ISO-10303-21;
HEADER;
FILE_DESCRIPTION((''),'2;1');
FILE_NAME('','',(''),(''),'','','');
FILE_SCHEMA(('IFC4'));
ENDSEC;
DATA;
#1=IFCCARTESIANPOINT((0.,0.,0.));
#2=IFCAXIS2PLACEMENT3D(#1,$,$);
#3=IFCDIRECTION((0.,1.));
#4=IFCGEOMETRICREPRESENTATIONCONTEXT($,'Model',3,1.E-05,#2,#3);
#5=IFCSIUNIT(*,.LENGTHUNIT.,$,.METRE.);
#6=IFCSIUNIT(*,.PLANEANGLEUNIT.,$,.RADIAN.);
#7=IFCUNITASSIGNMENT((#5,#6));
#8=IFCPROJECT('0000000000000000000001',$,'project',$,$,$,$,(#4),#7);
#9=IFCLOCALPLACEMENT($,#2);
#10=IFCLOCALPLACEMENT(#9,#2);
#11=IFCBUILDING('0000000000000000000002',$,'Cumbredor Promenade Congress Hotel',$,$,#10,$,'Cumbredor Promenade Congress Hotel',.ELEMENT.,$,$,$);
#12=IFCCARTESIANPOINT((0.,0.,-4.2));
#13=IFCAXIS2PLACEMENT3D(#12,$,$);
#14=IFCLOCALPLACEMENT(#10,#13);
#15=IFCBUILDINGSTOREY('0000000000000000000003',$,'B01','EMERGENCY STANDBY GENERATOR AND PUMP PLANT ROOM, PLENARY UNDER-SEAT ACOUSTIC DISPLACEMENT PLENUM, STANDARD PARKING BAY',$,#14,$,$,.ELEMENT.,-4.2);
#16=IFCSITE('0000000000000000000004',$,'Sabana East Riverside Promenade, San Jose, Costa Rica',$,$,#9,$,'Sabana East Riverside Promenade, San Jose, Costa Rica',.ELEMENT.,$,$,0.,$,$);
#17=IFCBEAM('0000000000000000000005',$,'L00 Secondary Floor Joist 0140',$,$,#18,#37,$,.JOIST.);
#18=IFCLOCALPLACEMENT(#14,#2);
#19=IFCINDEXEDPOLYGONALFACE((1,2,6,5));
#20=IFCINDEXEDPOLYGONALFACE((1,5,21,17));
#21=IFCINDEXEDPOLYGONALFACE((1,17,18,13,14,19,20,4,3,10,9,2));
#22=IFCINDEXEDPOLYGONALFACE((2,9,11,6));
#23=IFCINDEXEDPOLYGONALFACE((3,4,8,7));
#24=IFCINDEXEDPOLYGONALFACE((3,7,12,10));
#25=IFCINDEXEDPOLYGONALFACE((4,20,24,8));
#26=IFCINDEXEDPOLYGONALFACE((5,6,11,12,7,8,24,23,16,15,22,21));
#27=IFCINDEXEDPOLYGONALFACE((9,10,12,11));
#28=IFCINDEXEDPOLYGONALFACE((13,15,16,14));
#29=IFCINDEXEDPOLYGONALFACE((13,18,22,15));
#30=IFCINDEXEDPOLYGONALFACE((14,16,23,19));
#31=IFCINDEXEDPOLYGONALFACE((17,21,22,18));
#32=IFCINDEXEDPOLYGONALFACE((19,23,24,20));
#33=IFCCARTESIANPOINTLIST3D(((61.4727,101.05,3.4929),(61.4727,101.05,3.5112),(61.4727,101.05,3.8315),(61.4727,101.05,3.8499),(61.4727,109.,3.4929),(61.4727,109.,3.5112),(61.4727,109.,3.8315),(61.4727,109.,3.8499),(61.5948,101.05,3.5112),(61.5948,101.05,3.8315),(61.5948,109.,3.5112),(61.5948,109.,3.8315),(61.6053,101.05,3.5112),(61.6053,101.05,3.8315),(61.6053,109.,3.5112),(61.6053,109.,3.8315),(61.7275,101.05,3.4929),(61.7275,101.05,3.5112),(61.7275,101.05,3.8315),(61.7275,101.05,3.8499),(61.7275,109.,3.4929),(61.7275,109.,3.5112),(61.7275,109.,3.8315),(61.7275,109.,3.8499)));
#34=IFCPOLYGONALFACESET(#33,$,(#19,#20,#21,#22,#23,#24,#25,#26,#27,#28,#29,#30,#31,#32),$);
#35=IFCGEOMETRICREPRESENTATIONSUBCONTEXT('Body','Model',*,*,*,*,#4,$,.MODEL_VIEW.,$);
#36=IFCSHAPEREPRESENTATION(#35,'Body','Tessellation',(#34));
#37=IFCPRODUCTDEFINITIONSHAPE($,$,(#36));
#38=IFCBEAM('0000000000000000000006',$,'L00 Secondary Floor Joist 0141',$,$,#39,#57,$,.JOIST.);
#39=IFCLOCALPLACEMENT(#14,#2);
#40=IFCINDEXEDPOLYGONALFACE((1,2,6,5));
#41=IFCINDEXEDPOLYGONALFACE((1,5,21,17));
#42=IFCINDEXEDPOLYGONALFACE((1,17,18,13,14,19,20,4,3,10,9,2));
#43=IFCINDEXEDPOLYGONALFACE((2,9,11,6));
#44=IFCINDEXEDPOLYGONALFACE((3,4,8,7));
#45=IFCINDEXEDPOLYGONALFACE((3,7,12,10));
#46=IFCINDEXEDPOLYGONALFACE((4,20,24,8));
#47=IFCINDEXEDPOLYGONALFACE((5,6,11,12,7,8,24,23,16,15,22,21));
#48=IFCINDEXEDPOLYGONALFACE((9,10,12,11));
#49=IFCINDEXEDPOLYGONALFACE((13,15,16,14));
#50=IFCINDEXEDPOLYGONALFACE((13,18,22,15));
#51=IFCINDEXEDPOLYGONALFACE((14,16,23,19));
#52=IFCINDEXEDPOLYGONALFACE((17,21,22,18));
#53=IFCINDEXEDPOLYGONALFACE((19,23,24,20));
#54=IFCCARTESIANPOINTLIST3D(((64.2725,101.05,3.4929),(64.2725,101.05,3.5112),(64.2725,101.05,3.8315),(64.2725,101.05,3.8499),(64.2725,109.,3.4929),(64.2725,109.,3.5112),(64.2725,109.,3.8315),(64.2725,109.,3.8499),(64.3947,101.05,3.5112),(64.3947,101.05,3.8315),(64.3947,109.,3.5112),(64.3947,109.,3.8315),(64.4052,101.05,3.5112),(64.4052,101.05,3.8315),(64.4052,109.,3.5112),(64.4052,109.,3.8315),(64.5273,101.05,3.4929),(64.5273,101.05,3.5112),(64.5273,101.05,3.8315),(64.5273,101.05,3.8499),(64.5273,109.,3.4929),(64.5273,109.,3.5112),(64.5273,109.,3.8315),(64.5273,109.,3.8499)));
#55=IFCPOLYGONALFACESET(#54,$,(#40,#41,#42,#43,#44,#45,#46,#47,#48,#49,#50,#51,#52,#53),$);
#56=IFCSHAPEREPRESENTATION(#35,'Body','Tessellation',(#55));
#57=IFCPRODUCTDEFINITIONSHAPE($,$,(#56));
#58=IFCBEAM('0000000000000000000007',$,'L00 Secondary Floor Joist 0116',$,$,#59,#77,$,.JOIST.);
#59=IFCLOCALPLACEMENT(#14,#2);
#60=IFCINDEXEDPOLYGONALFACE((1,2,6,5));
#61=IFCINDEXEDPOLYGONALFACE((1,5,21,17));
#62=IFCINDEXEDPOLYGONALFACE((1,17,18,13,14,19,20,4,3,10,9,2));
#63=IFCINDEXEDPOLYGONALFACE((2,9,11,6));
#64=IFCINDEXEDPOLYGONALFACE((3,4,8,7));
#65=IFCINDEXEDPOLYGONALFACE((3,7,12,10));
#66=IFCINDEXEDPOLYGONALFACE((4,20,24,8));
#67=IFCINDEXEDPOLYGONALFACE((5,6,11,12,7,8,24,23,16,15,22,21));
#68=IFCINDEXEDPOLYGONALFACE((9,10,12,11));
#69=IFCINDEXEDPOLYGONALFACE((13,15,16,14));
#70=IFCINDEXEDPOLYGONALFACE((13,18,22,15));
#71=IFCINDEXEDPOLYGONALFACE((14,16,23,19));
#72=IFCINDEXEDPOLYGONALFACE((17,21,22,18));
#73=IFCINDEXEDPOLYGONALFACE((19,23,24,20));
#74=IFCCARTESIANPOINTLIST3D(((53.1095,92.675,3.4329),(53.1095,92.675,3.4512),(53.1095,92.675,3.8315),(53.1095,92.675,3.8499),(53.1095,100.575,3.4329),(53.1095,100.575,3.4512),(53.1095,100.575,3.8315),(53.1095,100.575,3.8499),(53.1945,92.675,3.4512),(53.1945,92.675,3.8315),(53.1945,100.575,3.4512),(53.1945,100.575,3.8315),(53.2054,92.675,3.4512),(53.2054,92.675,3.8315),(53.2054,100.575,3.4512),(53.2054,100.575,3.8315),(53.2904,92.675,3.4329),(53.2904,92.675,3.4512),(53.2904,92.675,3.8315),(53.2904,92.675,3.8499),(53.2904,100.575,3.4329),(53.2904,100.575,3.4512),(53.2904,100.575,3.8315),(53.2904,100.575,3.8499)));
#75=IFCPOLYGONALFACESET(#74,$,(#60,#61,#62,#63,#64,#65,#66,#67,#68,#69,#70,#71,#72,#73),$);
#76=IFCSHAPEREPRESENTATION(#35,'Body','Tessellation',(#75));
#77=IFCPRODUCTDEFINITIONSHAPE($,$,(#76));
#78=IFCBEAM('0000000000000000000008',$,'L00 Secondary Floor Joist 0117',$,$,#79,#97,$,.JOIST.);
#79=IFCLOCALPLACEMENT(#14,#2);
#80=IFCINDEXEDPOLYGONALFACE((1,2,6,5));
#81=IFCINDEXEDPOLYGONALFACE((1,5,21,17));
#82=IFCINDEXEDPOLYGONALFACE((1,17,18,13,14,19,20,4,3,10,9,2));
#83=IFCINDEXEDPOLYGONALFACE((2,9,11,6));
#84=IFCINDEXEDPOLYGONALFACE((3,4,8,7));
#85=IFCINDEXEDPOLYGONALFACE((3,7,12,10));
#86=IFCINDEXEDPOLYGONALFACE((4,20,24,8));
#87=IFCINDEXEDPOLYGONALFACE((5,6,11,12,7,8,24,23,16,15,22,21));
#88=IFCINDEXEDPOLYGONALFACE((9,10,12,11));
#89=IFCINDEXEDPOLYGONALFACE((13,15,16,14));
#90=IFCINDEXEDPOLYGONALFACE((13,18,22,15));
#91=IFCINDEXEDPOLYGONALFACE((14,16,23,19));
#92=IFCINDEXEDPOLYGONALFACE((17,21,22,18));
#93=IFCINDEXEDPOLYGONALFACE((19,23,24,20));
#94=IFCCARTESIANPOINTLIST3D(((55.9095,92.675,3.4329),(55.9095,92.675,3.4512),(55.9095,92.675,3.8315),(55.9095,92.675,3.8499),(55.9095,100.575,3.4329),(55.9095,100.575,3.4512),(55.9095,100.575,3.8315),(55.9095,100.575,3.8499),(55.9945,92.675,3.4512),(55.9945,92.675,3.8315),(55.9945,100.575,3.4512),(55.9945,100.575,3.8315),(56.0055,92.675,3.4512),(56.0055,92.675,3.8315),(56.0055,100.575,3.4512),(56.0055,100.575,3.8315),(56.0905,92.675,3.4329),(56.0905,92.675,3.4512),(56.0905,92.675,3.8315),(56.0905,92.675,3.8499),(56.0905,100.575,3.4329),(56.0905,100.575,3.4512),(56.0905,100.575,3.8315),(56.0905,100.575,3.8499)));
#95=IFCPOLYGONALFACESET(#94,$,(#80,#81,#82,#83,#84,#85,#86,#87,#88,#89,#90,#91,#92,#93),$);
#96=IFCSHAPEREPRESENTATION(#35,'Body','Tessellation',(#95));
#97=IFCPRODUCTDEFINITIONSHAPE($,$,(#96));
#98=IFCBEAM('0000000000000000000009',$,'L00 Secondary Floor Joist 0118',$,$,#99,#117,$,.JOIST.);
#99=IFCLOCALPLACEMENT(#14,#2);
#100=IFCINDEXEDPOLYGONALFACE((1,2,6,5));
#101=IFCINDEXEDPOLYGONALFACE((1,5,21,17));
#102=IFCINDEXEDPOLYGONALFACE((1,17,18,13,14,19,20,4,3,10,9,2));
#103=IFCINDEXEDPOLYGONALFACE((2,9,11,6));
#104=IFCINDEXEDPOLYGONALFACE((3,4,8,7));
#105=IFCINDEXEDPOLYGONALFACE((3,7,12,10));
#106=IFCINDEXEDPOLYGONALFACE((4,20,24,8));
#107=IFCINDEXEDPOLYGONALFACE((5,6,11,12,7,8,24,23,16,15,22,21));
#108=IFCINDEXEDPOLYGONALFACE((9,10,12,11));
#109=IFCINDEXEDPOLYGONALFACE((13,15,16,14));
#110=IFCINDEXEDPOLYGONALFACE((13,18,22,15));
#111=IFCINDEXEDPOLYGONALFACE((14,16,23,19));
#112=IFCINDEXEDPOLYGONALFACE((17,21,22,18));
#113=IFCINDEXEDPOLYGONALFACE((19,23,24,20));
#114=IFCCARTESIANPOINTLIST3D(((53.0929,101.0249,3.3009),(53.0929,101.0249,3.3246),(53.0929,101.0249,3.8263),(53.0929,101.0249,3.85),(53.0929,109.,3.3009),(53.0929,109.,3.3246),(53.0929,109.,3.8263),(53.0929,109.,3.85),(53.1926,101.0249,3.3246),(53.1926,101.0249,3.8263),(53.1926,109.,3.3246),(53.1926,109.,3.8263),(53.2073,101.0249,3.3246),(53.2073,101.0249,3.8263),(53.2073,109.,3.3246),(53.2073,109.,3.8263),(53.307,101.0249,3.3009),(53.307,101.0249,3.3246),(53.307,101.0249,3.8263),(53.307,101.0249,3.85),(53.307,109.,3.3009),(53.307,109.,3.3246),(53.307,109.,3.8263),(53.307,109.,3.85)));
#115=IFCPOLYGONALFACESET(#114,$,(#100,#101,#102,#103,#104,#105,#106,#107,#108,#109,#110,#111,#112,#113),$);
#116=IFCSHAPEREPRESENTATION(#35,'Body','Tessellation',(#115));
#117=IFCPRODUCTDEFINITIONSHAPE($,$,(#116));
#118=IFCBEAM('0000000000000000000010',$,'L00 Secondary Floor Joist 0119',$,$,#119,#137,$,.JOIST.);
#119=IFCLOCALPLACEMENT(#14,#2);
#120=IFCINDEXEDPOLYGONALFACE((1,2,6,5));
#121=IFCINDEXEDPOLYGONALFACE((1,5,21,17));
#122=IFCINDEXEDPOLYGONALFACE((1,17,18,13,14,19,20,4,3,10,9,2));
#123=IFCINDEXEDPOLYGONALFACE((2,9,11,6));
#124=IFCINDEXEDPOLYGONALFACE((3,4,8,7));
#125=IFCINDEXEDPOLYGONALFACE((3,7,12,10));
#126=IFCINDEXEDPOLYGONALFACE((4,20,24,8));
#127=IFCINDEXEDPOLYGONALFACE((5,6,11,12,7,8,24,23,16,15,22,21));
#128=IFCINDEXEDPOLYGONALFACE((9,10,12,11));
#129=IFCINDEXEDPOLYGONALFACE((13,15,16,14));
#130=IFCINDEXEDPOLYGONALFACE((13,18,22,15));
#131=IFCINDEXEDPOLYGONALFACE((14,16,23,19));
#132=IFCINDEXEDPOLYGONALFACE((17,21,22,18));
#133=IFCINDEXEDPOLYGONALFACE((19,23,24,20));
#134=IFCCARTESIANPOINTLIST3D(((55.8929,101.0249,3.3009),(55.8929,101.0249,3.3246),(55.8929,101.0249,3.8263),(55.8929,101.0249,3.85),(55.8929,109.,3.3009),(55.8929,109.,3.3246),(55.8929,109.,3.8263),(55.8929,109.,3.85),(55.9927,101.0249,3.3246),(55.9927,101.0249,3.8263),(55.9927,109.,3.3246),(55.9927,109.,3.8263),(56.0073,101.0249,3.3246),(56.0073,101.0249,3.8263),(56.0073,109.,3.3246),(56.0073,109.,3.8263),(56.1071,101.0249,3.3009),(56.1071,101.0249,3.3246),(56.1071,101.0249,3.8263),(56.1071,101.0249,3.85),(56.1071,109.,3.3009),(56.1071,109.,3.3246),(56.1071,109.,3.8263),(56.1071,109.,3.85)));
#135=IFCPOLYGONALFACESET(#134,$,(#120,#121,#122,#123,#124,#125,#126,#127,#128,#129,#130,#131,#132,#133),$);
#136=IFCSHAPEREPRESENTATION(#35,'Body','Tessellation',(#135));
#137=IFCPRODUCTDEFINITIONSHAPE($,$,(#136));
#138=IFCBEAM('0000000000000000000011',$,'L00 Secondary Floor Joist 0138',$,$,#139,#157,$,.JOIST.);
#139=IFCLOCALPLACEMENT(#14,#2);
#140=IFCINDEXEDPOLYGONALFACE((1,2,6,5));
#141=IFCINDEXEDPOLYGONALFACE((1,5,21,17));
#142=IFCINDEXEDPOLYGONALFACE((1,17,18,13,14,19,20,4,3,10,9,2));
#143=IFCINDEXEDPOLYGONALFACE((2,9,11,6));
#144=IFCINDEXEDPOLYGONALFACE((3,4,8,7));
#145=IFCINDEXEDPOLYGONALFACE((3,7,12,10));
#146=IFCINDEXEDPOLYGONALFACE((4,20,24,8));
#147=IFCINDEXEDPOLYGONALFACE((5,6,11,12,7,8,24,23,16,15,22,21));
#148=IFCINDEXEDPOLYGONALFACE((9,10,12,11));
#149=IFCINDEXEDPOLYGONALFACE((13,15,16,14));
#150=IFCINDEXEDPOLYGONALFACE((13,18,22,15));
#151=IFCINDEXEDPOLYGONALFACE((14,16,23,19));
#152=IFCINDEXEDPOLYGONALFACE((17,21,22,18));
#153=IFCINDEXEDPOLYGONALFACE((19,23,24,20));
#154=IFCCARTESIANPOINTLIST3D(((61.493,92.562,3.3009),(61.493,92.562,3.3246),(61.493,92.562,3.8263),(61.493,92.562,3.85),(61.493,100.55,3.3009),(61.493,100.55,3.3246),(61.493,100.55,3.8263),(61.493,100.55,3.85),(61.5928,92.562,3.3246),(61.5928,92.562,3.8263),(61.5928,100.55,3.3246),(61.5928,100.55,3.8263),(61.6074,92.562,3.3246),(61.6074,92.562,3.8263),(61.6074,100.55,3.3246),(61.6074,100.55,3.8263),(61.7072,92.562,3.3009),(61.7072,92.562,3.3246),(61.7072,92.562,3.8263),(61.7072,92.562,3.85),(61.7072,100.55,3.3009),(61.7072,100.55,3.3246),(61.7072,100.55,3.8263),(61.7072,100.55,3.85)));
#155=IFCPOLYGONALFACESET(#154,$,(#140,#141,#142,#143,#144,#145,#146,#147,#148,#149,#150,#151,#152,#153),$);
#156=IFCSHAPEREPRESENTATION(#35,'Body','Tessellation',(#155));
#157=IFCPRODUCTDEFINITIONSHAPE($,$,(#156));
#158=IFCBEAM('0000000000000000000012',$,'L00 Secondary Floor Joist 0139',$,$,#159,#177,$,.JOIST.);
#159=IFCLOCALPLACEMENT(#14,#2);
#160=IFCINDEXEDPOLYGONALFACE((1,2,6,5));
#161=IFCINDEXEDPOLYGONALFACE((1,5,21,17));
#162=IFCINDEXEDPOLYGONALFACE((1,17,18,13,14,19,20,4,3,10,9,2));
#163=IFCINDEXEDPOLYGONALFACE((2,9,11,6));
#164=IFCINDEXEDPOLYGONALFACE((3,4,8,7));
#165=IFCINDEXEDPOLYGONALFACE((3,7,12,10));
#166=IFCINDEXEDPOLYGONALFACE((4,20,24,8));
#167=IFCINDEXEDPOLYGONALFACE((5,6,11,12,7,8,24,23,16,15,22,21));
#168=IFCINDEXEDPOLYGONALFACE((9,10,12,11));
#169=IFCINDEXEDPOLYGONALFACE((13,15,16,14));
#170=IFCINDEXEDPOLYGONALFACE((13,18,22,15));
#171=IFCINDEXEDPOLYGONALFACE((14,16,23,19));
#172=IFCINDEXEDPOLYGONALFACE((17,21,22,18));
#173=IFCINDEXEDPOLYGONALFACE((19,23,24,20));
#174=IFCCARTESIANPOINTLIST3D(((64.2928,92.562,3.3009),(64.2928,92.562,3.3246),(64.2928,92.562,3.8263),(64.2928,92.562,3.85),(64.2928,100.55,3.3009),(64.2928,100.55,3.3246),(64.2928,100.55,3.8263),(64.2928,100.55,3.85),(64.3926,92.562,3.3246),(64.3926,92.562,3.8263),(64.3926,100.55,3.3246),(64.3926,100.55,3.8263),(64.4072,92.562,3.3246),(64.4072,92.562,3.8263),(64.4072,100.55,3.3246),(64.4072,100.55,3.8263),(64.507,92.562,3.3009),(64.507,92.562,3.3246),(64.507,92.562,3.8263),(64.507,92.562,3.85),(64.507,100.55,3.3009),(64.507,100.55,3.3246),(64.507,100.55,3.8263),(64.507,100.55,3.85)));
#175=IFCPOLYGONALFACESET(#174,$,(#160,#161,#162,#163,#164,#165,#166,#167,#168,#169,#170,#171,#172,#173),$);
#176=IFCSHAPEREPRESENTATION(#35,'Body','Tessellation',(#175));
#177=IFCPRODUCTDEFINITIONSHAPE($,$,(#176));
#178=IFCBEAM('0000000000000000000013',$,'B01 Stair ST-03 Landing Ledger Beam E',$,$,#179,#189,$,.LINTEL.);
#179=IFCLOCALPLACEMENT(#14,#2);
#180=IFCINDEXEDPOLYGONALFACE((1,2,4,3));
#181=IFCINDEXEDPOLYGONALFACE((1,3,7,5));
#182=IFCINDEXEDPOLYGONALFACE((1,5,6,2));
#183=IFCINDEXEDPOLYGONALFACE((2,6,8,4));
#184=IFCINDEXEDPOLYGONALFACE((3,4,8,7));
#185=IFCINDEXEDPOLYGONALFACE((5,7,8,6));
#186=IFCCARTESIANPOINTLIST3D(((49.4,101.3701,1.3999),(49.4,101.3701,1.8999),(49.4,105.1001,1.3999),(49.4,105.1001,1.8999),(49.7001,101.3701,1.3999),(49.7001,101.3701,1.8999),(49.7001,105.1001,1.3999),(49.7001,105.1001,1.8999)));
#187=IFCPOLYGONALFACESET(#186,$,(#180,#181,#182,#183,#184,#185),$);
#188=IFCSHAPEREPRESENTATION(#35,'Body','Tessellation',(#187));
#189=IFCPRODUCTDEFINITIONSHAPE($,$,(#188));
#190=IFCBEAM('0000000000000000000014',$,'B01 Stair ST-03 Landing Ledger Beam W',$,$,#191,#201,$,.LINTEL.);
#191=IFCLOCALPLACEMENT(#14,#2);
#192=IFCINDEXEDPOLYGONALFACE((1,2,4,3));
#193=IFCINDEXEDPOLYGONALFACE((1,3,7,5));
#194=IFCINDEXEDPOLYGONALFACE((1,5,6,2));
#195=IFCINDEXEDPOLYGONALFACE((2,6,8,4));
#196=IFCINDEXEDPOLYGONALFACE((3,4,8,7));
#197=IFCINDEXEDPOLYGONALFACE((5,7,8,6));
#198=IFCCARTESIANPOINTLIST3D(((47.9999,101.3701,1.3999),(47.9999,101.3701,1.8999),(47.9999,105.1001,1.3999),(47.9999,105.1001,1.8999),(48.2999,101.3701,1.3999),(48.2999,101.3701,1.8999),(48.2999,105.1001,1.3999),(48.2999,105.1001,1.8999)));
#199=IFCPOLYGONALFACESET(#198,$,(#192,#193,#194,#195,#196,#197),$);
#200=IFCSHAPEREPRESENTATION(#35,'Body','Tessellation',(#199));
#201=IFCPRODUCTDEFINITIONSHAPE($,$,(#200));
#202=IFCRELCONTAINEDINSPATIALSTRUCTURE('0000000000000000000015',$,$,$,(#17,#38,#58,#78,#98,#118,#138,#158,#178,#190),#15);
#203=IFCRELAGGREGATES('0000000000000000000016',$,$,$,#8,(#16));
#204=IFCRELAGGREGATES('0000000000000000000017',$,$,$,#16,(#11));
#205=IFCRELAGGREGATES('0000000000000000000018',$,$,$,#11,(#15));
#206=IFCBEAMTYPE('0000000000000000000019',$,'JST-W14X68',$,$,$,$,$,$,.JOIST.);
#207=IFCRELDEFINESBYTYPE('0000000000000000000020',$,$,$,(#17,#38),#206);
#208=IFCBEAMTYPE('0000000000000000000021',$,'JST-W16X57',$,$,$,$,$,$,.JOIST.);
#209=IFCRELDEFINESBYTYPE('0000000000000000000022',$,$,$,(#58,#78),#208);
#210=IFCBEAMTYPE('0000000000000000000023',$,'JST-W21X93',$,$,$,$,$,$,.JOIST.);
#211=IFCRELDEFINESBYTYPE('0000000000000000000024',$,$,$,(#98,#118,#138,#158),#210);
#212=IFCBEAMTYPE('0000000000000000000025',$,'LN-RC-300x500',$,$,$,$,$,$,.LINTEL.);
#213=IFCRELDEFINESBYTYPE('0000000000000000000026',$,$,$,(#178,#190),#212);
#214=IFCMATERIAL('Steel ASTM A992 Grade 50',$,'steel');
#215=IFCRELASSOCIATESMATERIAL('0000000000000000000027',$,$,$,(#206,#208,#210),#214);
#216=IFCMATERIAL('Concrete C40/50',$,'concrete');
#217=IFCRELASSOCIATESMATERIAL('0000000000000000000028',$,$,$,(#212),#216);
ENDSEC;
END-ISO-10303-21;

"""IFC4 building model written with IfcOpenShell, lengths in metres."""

from ifc_helpers import new_model, si_unit, direction, frame, origin, origin_2d, place, context, subcontext, project, spatial, rectangle, i_section, extrude, material, material_profile, profile_set, type_object, element, save


model = new_model("IFC4")

# Units and contexts
model_context = context("Model", 3, precision=1e-05, world=origin(), true_north=direction((0.0, 1.0)))
body_context = subcontext(model_context, "Body", "Model", "MODEL_VIEW")
ifc_project = project(units=[si_unit("LENGTHUNIT", "METRE"), si_unit("PLANEANGLEUNIT", "RADIAN")], contexts=[model_context])

# Site, building, storey
site_placement = place(None, origin())
site = spatial("IfcSite", under=ifc_project, at=site_placement, Name="Sabana East Riverside Promenade, San Jose, Costa Rica", LongName="Sabana East Riverside Promenade, San Jose, Costa Rica", CompositionType="ELEMENT", RefElevation=0.0)
building_placement = place(site_placement, origin())
building = spatial("IfcBuilding", under=site, at=building_placement, Name="Cumbredor Promenade Congress Hotel", LongName="Cumbredor Promenade Congress Hotel", CompositionType="ELEMENT")
storey_placement = place(building_placement, frame((0.0, 0.0, -4.2)))
storey = spatial("IfcBuildingStorey", under=building, at=storey_placement, Name="B01", Description="EMERGENCY STANDBY GENERATOR AND PUMP PLANT ROOM, PLENARY UNDER-SEAT ACOUSTIC DISPLACEMENT PLENUM, STANDARD PARKING BAY", CompositionType="ELEMENT", Elevation=-4.2)

# Beams
ifc_material_1 = material(Name="Concrete C40/50", Category="concrete")
ifc_material_2 = material(Name="Steel ASTM A992 Grade 50", Category="steel")
ifc_material_profile_1 = material_profile(ifc_material_2, i_section(OverallWidth=0.2549, OverallDepth=0.3569, WebThickness=0.0105, FlangeThickness=0.0183, at=origin_2d()), Name="W14X68")
ifc_profile_set_1 = profile_set([ifc_material_profile_1], Name="Steel ASTM A992 Grade 50")
beam_type_1 = type_object("IfcBeamType", Name="JST-W14X68", PredefinedType="JOIST", material=ifc_profile_set_1)
for number, where, z_axis, x_axis, name in (
    (1, (61.6001, 101.05, 3.6714), (0.0, 1.0, 0.0), (-1.0, 0.0, 0.0), "L00 Secondary Floor Joist 0140"),
    (2, (64.3999, 101.05, 3.6714), (0.0, 1.0, 0.0), (-1.0, 0.0, 0.0), "L00 Secondary Floor Joist 0141"),
):
    element("IfcBeam", number, at=place(storey_placement, frame(where, z_axis=z_axis, x_axis=x_axis)), inside=storey, type_object=beam_type_1, Name=name, PredefinedType="JOIST", context=body_context, shape_type="SweptSolid", body=[
        extrude(i_section(OverallWidth=0.2549, OverallDepth=0.3569, WebThickness=0.0105, FlangeThickness=0.0183, at=origin_2d()), origin(), (0.0, 0.0, 1.0), 7.95),
    ])
ifc_material_profile_2 = material_profile(ifc_material_2, i_section(OverallWidth=0.1809, OverallDepth=0.417, WebThickness=0.011, FlangeThickness=0.0183, at=origin_2d()), Name="W16X57")
ifc_profile_set_2 = profile_set([ifc_material_profile_2], Name="Steel ASTM A992 Grade 50")
beam_type_2 = type_object("IfcBeamType", Name="JST-W16X57", PredefinedType="JOIST", material=ifc_profile_set_2)
for number, where, z_axis, x_axis, name in (
    (3, (53.2, 92.675, 3.6414), (0.0, 1.0, 0.0), (-1.0, 0.0, 0.0), "L00 Secondary Floor Joist 0116"),
    (4, (56.0, 92.675, 3.6414), (0.0, 1.0, 0.0), (-1.0, 0.0, 0.0), "L00 Secondary Floor Joist 0117"),
):
    element("IfcBeam", number, at=place(storey_placement, frame(where, z_axis=z_axis, x_axis=x_axis)), inside=storey, type_object=beam_type_2, Name=name, PredefinedType="JOIST", context=body_context, shape_type="SweptSolid", body=[
        extrude(i_section(OverallWidth=0.1809, OverallDepth=0.417, WebThickness=0.011, FlangeThickness=0.0183, at=origin_2d()), origin(), (0.0, 0.0, 1.0), 7.8999),
    ])
ifc_material_profile_3 = material_profile(ifc_material_2, i_section(OverallWidth=0.2141, OverallDepth=0.5491, WebThickness=0.0146, FlangeThickness=0.0237, at=origin_2d()), Name="W21X93")
ifc_profile_set_3 = profile_set([ifc_material_profile_3], Name="Steel ASTM A992 Grade 50")
beam_type_3 = type_object("IfcBeamType", Name="JST-W21X93", PredefinedType="JOIST", material=ifc_profile_set_3)
for number, where, z_axis, x_axis, name in (
    (5, (53.2, 101.0249, 3.5754), (0.0, 1.0, 0.0), (-1.0, 0.0, 0.0), "L00 Secondary Floor Joist 0118"),
    (6, (56.0, 101.0249, 3.5754), (0.0, 1.0, 0.0), (-1.0, 0.0, 0.0), "L00 Secondary Floor Joist 0119"),
):
    element("IfcBeam", number, at=place(storey_placement, frame(where, z_axis=z_axis, x_axis=x_axis)), inside=storey, type_object=beam_type_3, Name=name, PredefinedType="JOIST", context=body_context, shape_type="SweptSolid", body=[
        extrude(i_section(OverallWidth=0.2141, OverallDepth=0.5491, WebThickness=0.0146, FlangeThickness=0.0237, at=origin_2d()), origin(), (0.0, 0.0, 1.0), 7.9751),
    ])
for number, where, z_axis, x_axis, name in (
    (7, (61.6001, 92.562, 3.5754), (0.0, 1.0, 0.0), (-1.0, 0.0, 0.0), "L00 Secondary Floor Joist 0138"),
    (8, (64.3999, 92.562, 3.5754), (0.0, 1.0, 0.0), (-1.0, 0.0, 0.0), "L00 Secondary Floor Joist 0139"),
):
    element("IfcBeam", number, at=place(storey_placement, frame(where, z_axis=z_axis, x_axis=x_axis)), inside=storey, type_object=beam_type_3, Name=name, PredefinedType="JOIST", context=body_context, shape_type="SweptSolid", body=[
        extrude(i_section(OverallWidth=0.2141, OverallDepth=0.5491, WebThickness=0.0146, FlangeThickness=0.0237, at=origin_2d()), origin(), (0.0, 0.0, 1.0), 7.988),
    ])
ifc_material_profile_4 = material_profile(ifc_material_1, rectangle(XDim=0.3, YDim=0.5, at=origin_2d()), Name="RC LINTEL 300x500")
ifc_profile_set_4 = profile_set([ifc_material_profile_4], Name="Concrete C40/50")
beam_type_4 = type_object("IfcBeamType", Name="LN-RC-300x500", PredefinedType="LINTEL", material=ifc_profile_set_4)
for number, where, z_axis, x_axis, name in (
    (9, (49.55, 101.3701, 1.6499), (0.0, 1.0, 0.0), (-1.0, 0.0, 0.0), "B01 Stair ST-03 Landing Ledger Beam E"),
    (10, (48.1499, 101.3701, 1.6499), (0.0, 1.0, 0.0), (-1.0, 0.0, 0.0), "B01 Stair ST-03 Landing Ledger Beam W"),
):
    element("IfcBeam", number, at=place(storey_placement, frame(where, z_axis=z_axis, x_axis=x_axis)), inside=storey, type_object=beam_type_4, Name=name, PredefinedType="LINTEL", context=body_context, shape_type="SweptSolid", body=[
        extrude(rectangle(XDim=0.3, YDim=0.5, at=origin_2d()), origin(), (0.0, 0.0, 1.0), 3.73),
    ])

save(model, "model.ifc")
